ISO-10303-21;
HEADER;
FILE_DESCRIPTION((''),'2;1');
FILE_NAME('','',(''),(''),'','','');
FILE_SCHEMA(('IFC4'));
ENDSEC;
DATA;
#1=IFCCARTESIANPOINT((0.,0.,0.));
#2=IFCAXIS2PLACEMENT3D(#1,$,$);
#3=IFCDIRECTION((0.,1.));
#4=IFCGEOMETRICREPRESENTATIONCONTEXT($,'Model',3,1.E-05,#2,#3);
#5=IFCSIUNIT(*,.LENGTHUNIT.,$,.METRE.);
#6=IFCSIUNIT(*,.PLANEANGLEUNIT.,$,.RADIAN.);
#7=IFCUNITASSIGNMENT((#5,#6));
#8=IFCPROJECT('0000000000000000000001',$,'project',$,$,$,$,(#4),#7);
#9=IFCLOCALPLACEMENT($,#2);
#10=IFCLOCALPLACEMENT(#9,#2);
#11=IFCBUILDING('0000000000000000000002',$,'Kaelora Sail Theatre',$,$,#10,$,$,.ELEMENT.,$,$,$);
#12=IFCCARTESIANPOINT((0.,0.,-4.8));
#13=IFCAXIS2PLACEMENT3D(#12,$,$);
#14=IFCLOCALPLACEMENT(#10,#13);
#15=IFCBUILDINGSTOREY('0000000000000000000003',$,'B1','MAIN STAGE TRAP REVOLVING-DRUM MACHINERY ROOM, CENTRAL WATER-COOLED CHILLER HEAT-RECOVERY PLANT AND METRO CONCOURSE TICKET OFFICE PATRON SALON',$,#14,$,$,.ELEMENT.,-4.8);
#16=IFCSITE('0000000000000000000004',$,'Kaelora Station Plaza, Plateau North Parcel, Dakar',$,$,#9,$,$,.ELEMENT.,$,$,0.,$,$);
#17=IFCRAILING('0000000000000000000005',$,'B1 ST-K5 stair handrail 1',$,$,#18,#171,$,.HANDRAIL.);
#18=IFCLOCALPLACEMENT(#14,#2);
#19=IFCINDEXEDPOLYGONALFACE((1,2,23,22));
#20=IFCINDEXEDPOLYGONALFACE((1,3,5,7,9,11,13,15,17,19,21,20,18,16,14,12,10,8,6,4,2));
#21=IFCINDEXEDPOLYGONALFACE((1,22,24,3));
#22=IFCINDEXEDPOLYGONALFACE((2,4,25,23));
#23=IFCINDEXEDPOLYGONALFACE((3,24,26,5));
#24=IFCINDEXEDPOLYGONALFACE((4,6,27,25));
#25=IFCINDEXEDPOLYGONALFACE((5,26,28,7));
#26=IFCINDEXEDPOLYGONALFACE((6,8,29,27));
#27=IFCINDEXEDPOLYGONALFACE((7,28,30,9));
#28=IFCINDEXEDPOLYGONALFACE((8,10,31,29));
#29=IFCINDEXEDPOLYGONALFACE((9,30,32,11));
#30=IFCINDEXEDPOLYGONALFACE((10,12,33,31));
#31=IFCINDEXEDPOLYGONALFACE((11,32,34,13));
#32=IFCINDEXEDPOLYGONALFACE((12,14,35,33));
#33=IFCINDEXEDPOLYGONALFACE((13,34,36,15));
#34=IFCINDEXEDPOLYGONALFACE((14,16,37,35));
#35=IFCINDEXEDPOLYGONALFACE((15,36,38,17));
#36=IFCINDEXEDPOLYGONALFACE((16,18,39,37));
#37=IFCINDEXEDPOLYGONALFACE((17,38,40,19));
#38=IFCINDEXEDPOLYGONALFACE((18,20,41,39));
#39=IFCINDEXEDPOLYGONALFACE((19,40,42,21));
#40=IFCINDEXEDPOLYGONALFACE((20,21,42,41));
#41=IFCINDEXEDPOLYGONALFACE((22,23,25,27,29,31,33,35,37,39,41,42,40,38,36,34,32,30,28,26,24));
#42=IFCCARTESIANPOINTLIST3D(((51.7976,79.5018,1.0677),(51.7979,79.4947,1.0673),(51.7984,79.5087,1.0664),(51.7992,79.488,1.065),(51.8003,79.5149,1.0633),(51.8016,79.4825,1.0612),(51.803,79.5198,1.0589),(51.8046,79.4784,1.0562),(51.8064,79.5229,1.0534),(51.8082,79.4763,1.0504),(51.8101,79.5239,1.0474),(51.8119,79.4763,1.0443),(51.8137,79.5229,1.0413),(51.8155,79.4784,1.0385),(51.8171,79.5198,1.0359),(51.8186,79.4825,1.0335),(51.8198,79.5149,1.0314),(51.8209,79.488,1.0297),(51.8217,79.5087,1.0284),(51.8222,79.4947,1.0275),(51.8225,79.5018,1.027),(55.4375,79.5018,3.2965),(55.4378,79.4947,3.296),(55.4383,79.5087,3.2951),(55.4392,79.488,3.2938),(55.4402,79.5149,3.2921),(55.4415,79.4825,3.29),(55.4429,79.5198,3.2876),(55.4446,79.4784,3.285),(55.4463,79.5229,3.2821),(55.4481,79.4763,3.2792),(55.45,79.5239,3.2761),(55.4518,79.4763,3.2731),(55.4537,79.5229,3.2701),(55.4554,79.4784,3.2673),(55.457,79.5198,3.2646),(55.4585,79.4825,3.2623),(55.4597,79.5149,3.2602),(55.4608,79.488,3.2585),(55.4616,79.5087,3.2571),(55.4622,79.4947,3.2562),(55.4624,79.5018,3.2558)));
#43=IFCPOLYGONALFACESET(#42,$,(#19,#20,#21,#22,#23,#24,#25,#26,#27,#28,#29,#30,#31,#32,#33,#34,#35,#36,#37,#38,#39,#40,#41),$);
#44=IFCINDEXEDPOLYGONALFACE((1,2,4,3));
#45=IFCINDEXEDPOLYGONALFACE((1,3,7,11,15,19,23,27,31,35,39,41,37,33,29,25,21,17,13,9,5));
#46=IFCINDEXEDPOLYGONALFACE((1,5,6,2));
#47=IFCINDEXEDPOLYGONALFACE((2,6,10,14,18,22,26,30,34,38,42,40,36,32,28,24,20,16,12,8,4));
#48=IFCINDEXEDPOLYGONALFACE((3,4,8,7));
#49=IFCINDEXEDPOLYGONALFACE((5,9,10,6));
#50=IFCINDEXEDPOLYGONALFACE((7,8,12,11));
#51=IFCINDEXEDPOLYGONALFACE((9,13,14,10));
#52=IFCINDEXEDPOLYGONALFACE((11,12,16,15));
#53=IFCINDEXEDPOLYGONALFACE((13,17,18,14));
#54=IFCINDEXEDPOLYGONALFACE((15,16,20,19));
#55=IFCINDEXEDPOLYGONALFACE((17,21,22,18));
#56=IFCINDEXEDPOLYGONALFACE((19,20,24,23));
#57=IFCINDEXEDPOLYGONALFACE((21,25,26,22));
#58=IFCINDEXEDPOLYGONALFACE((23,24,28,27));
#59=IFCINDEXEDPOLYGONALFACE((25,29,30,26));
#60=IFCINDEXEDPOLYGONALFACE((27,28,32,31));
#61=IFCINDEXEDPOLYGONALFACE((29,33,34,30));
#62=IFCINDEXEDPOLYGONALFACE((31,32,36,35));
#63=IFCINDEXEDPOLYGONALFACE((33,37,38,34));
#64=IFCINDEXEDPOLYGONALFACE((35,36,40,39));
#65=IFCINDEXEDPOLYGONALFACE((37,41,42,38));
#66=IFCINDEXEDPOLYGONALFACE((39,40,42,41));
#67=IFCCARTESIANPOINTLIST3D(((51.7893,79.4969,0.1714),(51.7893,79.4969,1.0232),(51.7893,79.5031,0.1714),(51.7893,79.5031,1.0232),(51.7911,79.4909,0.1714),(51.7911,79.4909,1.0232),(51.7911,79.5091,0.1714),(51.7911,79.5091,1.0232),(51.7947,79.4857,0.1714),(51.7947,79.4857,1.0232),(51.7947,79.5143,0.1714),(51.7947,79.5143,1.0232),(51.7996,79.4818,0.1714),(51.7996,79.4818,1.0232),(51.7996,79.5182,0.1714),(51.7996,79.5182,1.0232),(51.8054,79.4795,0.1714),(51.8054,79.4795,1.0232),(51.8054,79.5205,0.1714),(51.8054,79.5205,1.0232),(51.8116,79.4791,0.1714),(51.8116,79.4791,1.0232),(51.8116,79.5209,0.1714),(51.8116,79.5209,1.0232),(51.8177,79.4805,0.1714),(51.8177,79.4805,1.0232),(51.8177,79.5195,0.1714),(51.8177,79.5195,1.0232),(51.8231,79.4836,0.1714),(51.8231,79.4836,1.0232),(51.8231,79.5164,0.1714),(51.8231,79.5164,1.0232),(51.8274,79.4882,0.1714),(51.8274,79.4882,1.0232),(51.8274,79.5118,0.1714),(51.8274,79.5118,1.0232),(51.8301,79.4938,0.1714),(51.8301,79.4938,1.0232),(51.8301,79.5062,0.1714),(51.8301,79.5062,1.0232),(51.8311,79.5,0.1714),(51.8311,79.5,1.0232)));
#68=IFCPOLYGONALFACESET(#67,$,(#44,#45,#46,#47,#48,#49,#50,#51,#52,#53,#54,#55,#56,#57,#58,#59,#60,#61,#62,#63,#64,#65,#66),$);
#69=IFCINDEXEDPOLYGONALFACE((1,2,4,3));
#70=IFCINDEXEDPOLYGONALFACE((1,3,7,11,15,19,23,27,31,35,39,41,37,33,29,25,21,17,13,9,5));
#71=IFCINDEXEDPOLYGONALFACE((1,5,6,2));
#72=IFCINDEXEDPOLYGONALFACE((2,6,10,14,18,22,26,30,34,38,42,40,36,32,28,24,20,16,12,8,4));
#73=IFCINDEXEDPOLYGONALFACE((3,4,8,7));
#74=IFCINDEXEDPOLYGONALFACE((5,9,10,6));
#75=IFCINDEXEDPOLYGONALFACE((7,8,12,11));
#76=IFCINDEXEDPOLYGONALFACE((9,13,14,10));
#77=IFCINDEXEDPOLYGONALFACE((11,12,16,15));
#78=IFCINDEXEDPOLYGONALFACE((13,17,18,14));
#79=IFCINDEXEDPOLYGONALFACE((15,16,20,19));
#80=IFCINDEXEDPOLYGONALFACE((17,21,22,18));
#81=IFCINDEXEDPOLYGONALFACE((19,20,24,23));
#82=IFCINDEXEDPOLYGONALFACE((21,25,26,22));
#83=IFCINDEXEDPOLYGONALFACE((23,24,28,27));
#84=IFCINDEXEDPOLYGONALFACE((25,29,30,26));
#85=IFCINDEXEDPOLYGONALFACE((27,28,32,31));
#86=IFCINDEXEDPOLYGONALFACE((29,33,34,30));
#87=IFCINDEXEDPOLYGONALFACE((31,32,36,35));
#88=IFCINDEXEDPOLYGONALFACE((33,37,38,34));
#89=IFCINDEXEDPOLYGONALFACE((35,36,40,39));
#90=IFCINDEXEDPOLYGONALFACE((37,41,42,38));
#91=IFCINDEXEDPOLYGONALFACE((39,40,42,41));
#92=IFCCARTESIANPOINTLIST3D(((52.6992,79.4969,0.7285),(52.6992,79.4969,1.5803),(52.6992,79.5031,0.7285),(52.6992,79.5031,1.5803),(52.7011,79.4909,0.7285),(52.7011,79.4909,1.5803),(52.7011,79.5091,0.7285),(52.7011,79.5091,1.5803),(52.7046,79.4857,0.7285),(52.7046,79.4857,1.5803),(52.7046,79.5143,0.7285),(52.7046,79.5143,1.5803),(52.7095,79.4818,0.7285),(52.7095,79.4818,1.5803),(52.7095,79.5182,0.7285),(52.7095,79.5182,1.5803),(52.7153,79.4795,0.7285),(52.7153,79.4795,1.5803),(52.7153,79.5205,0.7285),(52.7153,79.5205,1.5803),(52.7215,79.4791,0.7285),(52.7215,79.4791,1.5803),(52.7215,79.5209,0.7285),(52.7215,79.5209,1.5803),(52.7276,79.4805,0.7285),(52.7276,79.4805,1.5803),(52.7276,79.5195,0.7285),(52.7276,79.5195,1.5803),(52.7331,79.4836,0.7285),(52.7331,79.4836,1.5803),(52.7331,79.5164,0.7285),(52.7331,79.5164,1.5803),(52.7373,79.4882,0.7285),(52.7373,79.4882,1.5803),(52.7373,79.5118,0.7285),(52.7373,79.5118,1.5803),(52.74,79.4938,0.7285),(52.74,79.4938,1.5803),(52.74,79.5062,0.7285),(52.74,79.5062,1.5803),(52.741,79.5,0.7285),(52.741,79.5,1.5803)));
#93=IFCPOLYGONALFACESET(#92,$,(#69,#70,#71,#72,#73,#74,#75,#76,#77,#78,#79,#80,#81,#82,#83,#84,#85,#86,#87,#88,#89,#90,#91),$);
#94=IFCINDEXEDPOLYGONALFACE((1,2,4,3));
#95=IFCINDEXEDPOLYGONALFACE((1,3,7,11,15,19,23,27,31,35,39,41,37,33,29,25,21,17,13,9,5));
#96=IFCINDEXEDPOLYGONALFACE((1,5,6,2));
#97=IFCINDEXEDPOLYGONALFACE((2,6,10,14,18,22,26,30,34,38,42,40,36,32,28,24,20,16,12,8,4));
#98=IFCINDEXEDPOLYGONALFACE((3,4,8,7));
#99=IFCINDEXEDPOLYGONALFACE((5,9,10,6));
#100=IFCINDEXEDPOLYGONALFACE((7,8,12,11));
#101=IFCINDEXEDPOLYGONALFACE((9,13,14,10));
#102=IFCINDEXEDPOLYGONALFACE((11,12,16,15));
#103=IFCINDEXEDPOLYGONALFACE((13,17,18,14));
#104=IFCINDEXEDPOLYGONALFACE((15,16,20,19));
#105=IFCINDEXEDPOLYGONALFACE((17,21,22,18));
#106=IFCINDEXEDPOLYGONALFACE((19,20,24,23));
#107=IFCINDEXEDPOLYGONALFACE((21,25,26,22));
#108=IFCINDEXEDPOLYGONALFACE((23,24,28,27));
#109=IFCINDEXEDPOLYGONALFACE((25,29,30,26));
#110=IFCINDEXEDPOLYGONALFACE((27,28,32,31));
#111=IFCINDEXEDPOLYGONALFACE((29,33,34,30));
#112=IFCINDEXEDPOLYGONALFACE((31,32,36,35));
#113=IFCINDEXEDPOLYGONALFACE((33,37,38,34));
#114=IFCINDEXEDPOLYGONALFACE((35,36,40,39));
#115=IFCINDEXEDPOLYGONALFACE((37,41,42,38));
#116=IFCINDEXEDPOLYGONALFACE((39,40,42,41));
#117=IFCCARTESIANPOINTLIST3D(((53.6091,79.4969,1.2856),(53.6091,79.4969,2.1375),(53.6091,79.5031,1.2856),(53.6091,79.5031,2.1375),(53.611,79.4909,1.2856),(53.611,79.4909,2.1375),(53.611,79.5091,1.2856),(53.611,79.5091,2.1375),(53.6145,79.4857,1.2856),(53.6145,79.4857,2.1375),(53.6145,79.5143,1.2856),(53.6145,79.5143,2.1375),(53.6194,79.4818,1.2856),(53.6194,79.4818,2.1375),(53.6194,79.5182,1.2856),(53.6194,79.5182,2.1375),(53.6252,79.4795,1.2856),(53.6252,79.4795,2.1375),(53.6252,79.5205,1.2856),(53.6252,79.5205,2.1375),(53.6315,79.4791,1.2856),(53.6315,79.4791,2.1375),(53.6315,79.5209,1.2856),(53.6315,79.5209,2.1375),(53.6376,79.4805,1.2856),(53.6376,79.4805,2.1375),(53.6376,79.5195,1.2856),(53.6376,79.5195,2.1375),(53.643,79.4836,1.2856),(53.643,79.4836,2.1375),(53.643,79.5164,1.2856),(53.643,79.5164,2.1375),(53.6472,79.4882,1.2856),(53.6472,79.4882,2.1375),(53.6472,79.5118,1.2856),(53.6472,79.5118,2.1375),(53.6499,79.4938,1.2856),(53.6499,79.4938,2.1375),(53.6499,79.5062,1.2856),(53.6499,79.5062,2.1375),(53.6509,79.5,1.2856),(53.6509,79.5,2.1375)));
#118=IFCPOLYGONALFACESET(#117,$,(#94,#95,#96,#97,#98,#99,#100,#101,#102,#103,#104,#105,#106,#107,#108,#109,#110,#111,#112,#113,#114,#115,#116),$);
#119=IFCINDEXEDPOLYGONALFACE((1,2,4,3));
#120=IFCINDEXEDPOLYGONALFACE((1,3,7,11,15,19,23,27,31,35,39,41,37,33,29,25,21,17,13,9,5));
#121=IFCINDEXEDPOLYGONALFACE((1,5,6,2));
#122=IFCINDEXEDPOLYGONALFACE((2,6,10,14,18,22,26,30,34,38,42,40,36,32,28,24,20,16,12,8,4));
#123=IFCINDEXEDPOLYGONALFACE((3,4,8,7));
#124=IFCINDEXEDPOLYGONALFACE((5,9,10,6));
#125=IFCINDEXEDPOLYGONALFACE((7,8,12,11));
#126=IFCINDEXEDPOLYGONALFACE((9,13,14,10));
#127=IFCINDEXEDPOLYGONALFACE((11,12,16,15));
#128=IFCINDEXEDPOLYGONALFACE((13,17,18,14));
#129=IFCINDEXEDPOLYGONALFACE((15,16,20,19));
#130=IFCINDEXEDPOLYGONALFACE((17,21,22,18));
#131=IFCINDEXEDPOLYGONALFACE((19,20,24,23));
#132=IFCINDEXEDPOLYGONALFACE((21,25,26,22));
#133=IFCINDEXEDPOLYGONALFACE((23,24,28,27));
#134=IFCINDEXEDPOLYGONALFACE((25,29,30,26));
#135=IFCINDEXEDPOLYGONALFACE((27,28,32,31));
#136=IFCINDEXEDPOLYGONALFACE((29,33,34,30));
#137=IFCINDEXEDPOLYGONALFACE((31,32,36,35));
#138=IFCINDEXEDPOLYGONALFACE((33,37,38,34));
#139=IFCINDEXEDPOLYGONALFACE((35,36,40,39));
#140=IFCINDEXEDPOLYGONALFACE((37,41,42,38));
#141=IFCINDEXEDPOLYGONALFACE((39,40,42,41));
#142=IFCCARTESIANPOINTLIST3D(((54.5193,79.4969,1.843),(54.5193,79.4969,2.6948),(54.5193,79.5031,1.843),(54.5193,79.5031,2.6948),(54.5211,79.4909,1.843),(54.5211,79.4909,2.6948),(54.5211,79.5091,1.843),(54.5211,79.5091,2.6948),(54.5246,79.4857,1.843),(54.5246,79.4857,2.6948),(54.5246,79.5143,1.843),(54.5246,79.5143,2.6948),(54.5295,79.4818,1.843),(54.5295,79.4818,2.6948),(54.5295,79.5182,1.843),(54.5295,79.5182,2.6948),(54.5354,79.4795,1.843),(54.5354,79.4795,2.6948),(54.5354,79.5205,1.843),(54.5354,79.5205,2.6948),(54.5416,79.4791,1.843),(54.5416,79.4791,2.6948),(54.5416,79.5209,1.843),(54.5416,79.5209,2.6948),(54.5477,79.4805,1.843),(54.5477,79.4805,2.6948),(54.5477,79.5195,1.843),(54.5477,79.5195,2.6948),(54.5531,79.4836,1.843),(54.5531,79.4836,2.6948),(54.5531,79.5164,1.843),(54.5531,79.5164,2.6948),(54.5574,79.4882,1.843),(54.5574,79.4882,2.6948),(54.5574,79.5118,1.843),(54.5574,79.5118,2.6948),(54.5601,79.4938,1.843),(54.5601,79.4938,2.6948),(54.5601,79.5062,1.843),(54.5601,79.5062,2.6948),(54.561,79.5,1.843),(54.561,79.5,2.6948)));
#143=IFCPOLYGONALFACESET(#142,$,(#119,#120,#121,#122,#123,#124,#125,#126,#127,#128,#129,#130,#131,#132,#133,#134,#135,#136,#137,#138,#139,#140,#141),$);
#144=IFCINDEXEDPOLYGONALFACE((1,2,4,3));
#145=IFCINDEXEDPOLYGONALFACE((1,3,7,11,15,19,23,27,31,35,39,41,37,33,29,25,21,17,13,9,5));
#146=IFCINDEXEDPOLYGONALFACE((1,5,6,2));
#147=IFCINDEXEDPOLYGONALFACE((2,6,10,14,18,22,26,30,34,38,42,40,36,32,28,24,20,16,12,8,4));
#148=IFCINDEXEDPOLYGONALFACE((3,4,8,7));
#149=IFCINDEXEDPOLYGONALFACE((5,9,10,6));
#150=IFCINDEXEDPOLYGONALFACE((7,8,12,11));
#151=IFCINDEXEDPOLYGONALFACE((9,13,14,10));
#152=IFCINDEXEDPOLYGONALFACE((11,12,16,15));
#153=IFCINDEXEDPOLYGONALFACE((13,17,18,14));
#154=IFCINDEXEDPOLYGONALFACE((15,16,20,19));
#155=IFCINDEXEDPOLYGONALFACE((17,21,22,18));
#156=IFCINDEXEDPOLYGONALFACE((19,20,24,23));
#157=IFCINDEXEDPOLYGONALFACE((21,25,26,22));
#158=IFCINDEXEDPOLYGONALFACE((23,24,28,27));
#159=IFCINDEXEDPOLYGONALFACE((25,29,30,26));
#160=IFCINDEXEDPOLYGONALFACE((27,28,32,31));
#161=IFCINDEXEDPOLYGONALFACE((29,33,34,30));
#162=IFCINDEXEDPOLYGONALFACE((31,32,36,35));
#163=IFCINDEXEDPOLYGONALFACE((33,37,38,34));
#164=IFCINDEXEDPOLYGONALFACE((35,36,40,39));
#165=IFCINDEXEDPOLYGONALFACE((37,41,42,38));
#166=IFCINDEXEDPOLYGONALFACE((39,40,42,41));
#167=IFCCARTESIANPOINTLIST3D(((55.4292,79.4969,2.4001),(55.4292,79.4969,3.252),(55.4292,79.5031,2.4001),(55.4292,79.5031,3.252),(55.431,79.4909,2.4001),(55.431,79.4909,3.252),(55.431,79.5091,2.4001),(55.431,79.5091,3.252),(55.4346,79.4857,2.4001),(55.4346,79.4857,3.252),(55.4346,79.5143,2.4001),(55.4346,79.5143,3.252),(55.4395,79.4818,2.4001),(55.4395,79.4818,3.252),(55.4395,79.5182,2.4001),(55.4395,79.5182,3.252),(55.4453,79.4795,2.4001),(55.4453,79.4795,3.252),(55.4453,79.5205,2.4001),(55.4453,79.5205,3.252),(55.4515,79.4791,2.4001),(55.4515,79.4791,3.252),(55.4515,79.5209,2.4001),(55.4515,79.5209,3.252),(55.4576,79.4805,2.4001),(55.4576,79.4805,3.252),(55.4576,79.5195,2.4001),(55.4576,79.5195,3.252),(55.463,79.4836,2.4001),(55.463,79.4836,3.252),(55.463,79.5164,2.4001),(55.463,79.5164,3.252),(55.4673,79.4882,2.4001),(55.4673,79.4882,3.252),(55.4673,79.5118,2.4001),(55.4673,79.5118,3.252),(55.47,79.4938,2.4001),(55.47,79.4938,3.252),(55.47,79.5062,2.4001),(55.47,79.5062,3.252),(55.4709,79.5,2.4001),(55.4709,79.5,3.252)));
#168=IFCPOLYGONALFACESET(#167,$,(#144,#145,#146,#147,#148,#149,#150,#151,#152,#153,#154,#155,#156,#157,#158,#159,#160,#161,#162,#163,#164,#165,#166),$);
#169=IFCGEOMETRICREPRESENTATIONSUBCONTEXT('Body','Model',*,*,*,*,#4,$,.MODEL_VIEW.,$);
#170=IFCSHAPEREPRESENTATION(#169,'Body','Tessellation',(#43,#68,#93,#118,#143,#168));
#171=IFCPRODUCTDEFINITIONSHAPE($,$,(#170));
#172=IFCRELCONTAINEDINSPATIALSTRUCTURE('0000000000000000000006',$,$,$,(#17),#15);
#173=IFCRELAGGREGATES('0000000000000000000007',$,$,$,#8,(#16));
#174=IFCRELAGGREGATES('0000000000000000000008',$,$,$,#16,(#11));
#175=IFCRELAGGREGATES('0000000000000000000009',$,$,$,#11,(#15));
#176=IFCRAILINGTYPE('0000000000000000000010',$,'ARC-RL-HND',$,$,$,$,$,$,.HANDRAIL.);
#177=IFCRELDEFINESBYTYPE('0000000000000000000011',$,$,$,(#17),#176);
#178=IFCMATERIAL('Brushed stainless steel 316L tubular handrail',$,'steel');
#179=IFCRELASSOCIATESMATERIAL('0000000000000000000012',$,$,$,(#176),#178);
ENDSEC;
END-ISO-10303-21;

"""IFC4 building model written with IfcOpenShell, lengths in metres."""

from ifc_helpers import new_model, si_unit, direction, frame, origin, origin_2d, place, context, subcontext, project, spatial, circle, extrude, material, type_object, element, save


model = new_model("IFC4")

# Units and contexts
model_context = context("Model", 3, precision=1e-05, world=origin(), true_north=direction((0.0, 1.0)))
body_context = subcontext(model_context, "Body", "Model", "MODEL_VIEW")
ifc_project = project(units=[si_unit("LENGTHUNIT", "METRE"), si_unit("PLANEANGLEUNIT", "RADIAN")], contexts=[model_context])

# Site, building, storey
site_placement = place(None, origin())
site = spatial("IfcSite", under=ifc_project, at=site_placement, Name="Kaelora Station Plaza, Plateau North Parcel, Dakar", CompositionType="ELEMENT", RefElevation=0.0)
building_placement = place(site_placement, origin())
building = spatial("IfcBuilding", under=site, at=building_placement, Name="Kaelora Sail Theatre", CompositionType="ELEMENT")
storey_placement = place(building_placement, frame((0.0, 0.0, -4.8)))
storey = spatial("IfcBuildingStorey", under=building, at=storey_placement, Name="B1", Description="MAIN STAGE TRAP REVOLVING-DRUM MACHINERY ROOM, CENTRAL WATER-COOLED CHILLER HEAT-RECOVERY PLANT AND METRO CONCOURSE TICKET OFFICE PATRON SALON", CompositionType="ELEMENT", Elevation=-4.8)

# Railing
ifc_material_1 = material(Name="Brushed stainless steel 316L tubular handrail", Category="steel")
railing_type_1 = type_object("IfcRailingType", Name="ARC-RL-HND", PredefinedType="HANDRAIL", material=ifc_material_1)
railing_1_placement = place(storey_placement, frame((51.8101, 79.5, 0.1714)))
element("IfcRailing", 1, at=railing_1_placement, inside=storey, type_object=railing_type_1, Name="B1 ST-K5 stair handrail 1", PredefinedType="HANDRAIL", context=body_context, shape_type="SweptSolid", body=[
    extrude(circle(Radius=0.0239, at=origin_2d()), frame((0.0, 0.0, 0.876), z_axis=(0.852825, 0.0, 0.522197), x_axis=(0.0, 1.0, 0.0)), (0.0, 0.0, 1.0), 4.2681),
    extrude(circle(Radius=0.021, at=origin_2d()), origin(), (0.0, 0.0, 1.0), 0.8518),
    extrude(circle(Radius=0.021, at=origin_2d()), frame((0.9099, 0.0, 0.5571)), (0.0, 0.0, 1.0), 0.8518),
    extrude(circle(Radius=0.021, at=origin_2d()), frame((1.8198, 0.0, 1.1143)), (0.0, 0.0, 1.0), 0.8518),
    extrude(circle(Radius=0.021, at=origin_2d()), frame((2.73, 0.0, 1.6716)), (0.0, 0.0, 1.0), 0.8518),
    extrude(circle(Radius=0.021, at=origin_2d()), frame((3.6399, 0.0, 2.2288)), (0.0, 0.0, 1.0), 0.8518),
])

save(model, "model.ifc")
